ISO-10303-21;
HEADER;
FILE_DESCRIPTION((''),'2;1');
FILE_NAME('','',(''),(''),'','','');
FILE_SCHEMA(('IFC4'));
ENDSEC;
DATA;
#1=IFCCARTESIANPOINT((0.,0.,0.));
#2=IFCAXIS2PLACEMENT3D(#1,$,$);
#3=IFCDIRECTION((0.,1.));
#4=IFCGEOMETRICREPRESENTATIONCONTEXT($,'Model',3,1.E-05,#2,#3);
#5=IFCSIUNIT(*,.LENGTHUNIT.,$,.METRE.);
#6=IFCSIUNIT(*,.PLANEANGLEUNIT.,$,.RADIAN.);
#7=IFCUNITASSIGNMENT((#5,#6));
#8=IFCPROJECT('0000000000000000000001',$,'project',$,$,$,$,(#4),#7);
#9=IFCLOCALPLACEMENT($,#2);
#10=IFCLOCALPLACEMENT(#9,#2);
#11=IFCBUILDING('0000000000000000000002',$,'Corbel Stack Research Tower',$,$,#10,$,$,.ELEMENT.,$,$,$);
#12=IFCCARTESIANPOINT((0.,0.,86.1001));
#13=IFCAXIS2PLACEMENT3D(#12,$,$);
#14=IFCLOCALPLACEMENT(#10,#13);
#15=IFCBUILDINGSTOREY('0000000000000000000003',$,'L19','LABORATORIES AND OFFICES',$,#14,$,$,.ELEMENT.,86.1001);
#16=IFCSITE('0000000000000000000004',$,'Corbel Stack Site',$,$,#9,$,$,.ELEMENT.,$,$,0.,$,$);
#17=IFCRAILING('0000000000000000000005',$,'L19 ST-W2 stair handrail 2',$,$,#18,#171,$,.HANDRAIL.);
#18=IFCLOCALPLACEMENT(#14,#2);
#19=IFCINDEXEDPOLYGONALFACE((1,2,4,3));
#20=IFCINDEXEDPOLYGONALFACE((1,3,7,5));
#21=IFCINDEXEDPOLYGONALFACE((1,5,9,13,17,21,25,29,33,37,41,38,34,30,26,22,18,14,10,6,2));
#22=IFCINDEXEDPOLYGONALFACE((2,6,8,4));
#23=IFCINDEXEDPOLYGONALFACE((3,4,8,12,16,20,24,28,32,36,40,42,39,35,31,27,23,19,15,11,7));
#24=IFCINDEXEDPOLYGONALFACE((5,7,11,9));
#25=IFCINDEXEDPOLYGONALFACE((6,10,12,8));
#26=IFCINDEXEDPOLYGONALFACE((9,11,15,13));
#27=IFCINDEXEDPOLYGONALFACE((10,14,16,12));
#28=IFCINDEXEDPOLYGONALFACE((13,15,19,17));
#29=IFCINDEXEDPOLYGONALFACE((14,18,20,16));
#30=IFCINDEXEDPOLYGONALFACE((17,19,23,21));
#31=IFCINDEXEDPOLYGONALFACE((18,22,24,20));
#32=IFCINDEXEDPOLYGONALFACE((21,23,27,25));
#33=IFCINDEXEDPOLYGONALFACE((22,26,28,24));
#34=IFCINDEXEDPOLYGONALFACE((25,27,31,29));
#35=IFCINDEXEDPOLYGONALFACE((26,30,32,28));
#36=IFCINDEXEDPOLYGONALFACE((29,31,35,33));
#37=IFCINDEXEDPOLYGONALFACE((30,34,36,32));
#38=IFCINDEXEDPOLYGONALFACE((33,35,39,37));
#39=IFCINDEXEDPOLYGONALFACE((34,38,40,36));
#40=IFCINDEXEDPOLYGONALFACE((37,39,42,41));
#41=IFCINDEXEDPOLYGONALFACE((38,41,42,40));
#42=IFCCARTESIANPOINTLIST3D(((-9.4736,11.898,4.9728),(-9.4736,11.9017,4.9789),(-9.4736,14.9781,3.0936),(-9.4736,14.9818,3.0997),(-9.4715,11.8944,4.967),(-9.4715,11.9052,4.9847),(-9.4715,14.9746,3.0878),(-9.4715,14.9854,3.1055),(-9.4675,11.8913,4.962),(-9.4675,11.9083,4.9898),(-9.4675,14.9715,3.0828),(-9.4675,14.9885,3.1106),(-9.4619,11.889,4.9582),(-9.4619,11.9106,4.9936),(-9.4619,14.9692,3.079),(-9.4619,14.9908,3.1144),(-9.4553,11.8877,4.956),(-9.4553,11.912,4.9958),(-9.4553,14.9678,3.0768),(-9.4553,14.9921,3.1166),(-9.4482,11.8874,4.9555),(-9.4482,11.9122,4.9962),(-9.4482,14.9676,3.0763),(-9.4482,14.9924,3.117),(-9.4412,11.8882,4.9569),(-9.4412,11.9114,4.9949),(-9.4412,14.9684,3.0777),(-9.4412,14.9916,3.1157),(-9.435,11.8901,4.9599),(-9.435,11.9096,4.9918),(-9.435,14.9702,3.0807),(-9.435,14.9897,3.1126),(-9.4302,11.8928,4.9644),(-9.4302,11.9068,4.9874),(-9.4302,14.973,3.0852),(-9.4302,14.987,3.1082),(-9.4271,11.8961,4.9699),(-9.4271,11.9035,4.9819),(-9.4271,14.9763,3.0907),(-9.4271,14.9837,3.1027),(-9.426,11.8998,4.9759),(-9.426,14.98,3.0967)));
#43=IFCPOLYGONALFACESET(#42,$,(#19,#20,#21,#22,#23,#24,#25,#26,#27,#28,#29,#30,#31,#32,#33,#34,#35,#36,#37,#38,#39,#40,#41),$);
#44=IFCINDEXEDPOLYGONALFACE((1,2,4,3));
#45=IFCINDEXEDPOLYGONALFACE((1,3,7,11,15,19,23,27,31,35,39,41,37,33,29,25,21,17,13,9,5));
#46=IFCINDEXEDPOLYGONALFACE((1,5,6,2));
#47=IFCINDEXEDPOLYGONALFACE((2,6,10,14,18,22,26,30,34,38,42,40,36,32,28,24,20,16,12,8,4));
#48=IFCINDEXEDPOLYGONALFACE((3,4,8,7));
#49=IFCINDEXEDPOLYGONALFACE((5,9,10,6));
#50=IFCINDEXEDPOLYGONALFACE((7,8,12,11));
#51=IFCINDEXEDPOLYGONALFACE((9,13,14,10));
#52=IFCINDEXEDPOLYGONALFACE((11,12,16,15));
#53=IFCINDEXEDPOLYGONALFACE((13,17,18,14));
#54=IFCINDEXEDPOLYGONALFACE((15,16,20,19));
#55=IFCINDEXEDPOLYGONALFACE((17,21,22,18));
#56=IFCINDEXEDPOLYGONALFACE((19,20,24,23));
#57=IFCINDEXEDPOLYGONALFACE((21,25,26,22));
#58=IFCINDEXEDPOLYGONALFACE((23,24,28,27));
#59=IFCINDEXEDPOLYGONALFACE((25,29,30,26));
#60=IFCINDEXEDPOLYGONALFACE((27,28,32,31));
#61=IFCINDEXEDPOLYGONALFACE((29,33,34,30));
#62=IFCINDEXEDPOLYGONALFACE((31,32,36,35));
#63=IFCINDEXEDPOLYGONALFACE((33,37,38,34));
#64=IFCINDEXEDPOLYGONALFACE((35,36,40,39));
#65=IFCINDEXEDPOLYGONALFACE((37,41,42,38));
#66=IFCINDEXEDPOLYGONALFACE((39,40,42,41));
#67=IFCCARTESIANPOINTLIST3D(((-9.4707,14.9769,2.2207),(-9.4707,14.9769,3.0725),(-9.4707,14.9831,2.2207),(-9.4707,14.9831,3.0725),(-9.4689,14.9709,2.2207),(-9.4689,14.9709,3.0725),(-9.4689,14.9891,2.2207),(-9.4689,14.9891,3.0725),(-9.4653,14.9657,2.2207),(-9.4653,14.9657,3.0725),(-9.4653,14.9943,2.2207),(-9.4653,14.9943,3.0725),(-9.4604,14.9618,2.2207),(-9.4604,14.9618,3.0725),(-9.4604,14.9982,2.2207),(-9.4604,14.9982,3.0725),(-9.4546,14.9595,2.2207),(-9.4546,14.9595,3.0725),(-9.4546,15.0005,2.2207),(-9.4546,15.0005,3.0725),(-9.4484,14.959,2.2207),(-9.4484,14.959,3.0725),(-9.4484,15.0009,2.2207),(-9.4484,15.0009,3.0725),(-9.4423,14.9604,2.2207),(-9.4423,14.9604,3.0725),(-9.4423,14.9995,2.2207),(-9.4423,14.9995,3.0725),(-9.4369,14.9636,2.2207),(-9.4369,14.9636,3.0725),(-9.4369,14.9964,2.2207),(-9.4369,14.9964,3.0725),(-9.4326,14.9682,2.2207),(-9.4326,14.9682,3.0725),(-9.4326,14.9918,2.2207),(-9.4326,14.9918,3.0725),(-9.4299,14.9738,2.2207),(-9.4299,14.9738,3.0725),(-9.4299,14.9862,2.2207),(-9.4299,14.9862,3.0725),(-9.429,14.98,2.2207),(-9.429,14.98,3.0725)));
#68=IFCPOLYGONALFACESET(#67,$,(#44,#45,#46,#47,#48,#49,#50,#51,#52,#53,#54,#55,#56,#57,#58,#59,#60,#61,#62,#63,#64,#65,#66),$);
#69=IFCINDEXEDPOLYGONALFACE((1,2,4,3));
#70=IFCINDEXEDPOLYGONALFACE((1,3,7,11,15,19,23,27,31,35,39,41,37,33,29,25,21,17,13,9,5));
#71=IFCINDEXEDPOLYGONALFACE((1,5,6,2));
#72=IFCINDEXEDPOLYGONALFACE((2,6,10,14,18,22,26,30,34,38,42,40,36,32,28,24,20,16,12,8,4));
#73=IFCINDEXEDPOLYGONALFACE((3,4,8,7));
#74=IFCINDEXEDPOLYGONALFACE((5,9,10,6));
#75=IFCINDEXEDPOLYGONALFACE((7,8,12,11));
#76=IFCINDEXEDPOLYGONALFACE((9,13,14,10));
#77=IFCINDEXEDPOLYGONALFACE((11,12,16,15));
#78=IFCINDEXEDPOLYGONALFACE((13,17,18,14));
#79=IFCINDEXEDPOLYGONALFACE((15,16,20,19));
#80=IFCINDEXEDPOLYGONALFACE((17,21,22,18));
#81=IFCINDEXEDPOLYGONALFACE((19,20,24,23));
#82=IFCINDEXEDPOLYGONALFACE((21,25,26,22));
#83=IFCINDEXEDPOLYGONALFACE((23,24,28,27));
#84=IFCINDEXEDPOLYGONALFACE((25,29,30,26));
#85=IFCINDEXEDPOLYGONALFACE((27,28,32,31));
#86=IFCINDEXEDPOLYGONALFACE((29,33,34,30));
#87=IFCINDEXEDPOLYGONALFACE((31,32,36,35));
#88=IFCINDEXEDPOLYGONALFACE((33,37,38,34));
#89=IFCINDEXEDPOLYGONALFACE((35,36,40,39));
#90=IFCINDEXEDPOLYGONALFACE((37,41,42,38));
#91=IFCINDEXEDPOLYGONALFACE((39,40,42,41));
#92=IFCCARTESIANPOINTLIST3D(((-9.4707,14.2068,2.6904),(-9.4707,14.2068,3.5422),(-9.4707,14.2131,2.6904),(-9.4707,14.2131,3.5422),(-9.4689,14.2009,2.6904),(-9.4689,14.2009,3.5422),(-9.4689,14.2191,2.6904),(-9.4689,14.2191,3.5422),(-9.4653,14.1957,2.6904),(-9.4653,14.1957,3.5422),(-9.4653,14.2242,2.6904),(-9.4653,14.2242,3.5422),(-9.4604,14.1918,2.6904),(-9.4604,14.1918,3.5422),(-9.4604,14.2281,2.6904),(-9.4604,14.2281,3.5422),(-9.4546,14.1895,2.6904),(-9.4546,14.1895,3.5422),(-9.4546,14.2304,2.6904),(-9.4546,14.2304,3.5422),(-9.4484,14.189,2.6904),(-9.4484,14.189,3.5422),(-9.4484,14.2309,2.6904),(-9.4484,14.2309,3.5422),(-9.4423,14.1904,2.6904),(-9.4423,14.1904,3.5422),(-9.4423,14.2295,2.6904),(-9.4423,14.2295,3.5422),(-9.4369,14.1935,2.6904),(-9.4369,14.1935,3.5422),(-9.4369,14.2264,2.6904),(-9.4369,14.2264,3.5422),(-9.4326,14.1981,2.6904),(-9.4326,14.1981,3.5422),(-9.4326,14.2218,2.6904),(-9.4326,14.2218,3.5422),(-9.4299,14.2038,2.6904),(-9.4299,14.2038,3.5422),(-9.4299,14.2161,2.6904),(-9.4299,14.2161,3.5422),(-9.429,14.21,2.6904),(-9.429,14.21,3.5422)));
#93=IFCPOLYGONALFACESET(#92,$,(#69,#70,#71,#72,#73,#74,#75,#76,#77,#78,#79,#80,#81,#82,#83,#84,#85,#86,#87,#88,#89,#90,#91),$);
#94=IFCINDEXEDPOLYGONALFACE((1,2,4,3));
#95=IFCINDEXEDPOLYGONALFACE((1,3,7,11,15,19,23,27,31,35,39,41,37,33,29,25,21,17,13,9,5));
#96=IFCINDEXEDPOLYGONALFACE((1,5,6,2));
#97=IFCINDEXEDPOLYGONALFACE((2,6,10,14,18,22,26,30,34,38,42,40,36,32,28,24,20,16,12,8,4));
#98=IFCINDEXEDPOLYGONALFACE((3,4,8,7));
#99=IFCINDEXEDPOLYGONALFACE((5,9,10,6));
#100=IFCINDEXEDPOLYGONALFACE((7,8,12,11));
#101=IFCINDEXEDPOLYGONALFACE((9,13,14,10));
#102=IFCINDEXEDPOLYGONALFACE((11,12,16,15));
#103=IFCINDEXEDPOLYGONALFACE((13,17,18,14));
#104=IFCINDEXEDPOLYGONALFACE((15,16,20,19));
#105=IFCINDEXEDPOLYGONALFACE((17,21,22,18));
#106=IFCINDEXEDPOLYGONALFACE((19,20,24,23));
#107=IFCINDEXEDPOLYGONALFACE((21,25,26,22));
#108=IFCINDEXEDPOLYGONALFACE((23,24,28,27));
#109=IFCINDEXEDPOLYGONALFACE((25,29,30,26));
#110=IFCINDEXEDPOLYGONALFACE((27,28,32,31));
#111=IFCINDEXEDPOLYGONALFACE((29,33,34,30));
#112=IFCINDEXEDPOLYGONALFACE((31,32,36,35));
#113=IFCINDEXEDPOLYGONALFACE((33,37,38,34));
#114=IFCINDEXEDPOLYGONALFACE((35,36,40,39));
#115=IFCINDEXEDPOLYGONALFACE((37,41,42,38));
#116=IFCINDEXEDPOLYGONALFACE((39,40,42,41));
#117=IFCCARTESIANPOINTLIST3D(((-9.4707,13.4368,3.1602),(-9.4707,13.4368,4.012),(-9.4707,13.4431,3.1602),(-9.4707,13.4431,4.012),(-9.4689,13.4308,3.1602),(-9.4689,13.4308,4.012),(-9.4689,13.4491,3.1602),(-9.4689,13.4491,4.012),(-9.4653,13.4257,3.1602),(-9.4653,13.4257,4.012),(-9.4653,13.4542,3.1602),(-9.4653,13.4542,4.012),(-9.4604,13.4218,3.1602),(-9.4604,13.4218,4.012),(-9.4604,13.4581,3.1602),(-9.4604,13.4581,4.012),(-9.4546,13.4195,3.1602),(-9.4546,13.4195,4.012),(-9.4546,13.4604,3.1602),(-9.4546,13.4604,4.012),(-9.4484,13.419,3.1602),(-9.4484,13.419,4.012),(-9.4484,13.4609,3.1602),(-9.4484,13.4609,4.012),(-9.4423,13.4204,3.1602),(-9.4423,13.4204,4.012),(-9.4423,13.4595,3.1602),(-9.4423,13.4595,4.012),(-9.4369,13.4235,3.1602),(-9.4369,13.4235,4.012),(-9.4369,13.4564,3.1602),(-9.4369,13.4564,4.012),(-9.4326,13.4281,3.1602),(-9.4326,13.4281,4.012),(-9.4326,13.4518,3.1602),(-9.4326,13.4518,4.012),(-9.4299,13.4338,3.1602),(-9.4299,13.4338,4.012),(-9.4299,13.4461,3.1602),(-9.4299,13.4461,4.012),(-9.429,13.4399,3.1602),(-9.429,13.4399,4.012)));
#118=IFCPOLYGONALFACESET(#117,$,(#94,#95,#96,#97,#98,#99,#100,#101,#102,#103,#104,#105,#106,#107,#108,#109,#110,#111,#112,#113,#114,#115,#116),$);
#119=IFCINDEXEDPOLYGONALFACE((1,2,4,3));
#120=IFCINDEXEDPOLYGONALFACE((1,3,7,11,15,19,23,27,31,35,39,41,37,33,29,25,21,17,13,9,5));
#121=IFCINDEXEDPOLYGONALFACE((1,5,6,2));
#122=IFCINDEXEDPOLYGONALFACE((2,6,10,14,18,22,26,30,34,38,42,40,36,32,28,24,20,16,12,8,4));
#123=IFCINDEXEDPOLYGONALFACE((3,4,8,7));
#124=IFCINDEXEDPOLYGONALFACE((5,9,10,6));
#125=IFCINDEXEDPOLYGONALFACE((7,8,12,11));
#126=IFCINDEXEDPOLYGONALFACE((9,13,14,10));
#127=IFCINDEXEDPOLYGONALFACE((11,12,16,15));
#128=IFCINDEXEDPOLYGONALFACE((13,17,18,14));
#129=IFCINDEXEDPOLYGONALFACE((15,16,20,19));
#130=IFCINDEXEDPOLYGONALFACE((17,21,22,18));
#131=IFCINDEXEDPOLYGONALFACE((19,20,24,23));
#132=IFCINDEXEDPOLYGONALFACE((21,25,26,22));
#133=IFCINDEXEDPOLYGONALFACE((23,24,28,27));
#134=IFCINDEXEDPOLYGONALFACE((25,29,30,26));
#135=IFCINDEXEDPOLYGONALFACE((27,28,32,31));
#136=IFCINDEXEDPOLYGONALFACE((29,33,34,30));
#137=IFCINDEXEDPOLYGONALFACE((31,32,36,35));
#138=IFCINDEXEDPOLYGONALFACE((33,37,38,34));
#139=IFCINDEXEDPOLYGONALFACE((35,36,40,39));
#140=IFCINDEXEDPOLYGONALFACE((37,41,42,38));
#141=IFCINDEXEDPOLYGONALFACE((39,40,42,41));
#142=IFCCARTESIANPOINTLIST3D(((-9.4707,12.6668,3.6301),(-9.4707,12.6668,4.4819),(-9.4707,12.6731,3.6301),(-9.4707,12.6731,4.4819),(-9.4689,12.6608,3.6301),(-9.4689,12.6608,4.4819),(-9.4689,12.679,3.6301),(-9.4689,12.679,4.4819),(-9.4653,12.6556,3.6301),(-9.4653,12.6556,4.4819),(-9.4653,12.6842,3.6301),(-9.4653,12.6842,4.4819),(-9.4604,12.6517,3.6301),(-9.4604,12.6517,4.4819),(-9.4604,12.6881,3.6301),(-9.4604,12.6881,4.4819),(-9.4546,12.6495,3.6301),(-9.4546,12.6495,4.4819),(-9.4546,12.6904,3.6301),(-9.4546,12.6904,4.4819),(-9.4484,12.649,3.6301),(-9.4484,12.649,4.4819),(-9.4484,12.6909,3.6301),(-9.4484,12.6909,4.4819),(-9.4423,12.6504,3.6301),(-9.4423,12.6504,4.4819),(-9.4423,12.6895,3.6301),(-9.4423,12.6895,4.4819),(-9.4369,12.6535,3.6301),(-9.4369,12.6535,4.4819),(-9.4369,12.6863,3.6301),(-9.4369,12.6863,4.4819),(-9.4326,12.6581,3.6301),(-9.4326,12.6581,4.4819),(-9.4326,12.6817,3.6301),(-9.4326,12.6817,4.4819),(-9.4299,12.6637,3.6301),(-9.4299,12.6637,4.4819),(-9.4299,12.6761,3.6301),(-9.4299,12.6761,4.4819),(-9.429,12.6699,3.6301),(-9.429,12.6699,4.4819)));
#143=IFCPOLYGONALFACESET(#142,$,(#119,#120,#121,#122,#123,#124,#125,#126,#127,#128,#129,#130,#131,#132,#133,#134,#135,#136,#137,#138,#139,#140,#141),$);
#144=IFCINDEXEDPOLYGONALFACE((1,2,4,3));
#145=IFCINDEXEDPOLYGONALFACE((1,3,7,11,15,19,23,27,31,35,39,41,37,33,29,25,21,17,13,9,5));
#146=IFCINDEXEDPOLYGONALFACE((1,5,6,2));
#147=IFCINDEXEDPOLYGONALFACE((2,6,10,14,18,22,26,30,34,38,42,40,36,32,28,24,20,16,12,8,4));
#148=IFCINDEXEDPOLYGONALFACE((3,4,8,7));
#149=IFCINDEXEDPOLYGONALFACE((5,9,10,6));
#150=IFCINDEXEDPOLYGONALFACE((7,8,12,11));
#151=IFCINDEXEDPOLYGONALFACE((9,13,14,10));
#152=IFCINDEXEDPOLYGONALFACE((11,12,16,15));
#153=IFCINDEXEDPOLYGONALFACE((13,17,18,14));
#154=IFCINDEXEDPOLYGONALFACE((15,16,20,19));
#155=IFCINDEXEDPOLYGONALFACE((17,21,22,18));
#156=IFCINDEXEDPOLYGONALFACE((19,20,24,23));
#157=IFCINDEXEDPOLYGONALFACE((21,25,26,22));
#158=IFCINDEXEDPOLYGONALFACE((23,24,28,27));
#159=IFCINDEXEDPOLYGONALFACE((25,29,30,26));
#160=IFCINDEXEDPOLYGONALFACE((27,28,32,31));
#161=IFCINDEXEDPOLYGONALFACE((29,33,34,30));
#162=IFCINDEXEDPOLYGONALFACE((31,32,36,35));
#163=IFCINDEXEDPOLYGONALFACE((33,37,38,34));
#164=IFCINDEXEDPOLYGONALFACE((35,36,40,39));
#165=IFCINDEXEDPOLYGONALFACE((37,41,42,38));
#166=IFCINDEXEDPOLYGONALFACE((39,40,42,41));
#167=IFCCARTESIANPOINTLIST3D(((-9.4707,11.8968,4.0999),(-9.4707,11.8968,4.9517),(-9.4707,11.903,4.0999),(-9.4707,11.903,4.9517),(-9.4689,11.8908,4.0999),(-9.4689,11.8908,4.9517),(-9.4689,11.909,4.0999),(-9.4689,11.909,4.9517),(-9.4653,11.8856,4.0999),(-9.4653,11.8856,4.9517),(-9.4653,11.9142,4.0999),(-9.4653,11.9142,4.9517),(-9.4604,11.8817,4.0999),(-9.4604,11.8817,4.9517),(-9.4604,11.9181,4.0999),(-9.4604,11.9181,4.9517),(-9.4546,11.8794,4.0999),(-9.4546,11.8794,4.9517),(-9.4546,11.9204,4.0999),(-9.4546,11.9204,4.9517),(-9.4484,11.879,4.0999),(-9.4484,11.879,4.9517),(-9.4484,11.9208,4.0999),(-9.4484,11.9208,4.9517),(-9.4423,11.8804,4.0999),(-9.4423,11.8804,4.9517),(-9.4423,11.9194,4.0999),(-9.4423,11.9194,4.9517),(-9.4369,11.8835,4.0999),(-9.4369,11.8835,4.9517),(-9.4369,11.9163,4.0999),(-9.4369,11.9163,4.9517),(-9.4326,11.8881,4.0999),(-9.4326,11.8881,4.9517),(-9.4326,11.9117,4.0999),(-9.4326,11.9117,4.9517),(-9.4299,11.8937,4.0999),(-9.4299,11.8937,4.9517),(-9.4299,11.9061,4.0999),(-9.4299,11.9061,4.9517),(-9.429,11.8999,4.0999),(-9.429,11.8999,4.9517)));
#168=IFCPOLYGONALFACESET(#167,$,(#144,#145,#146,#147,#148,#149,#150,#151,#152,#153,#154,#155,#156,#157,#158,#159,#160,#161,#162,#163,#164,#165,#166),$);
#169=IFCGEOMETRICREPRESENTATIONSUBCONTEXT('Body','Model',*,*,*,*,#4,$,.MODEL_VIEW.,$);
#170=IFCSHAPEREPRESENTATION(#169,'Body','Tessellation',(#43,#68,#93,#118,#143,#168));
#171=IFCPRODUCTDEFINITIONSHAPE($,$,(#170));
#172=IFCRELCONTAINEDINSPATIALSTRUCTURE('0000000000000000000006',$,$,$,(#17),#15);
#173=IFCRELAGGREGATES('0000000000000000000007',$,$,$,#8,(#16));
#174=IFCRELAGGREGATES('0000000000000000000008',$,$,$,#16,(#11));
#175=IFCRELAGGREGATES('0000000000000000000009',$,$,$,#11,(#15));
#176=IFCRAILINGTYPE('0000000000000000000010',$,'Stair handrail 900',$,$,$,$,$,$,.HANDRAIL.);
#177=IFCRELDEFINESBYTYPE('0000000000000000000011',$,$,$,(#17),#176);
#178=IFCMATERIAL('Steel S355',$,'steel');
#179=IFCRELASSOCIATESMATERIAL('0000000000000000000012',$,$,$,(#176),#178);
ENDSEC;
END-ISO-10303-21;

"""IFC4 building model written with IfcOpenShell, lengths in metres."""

from ifc_helpers import new_model, si_unit, direction, frame, origin, origin_2d, place, context, subcontext, project, spatial, circle, extrude, material, type_object, element, save


model = new_model("IFC4")

# Units and contexts
model_context = context("Model", 3, precision=1e-05, world=origin(), true_north=direction((0.0, 1.0)))
body_context = subcontext(model_context, "Body", "Model", "MODEL_VIEW")
ifc_project = project(units=[si_unit("LENGTHUNIT", "METRE"), si_unit("PLANEANGLEUNIT", "RADIAN")], contexts=[model_context])

# Site, building, storey
site_placement = place(None, origin())
site = spatial("IfcSite", under=ifc_project, at=site_placement, Name="Corbel Stack Site", CompositionType="ELEMENT", RefElevation=0.0)
building_placement = place(site_placement, origin())
building = spatial("IfcBuilding", under=site, at=building_placement, Name="Corbel Stack Research Tower", CompositionType="ELEMENT")
storey_placement = place(building_placement, frame((0.0, 0.0, 86.1001)))
storey = spatial("IfcBuildingStorey", under=building, at=storey_placement, Name="L19", Description="LABORATORIES AND OFFICES", CompositionType="ELEMENT", Elevation=86.1001)

# Railing
ifc_material_1 = material(Name="Steel S355", Category="steel")
railing_type_1 = type_object("IfcRailingType", Name="Stair handrail 900", PredefinedType="HANDRAIL", material=ifc_material_1)
railing_1_placement = place(storey_placement, frame((-9.45, 14.98, 2.2207)))
element("IfcRailing", 1, at=railing_1_placement, inside=storey, type_object=railing_type_1, Name="L19 ST-W2 stair handrail 2", PredefinedType="HANDRAIL", context=body_context, shape_type="SweptSolid", body=[
    extrude(circle(Radius=0.0239, at=origin_2d()), frame((0.0, 0.0, 0.876), z_axis=(0.0, -0.853666, 0.52082), x_axis=(1.0, 0.0, 0.0)), (0.0, 0.0, 1.0), 3.6082),
    extrude(circle(Radius=0.021, at=origin_2d()), origin(), (0.0, 0.0, 1.0), 0.8518),
    extrude(circle(Radius=0.021, at=origin_2d()), frame((0.0, -0.77, 0.4697)), (0.0, 0.0, 1.0), 0.8518),
    extrude(circle(Radius=0.021, at=origin_2d()), frame((0.0, -1.54, 0.9395)), (0.0, 0.0, 1.0), 0.8518),
    extrude(circle(Radius=0.021, at=origin_2d()), frame((0.0, -2.3101, 1.4094)), (0.0, 0.0, 1.0), 0.8518),
    extrude(circle(Radius=0.021, at=origin_2d()), frame((0.0, -3.0801, 1.8792)), (0.0, 0.0, 1.0), 0.8518),
])

save(model, "model.ifc")
